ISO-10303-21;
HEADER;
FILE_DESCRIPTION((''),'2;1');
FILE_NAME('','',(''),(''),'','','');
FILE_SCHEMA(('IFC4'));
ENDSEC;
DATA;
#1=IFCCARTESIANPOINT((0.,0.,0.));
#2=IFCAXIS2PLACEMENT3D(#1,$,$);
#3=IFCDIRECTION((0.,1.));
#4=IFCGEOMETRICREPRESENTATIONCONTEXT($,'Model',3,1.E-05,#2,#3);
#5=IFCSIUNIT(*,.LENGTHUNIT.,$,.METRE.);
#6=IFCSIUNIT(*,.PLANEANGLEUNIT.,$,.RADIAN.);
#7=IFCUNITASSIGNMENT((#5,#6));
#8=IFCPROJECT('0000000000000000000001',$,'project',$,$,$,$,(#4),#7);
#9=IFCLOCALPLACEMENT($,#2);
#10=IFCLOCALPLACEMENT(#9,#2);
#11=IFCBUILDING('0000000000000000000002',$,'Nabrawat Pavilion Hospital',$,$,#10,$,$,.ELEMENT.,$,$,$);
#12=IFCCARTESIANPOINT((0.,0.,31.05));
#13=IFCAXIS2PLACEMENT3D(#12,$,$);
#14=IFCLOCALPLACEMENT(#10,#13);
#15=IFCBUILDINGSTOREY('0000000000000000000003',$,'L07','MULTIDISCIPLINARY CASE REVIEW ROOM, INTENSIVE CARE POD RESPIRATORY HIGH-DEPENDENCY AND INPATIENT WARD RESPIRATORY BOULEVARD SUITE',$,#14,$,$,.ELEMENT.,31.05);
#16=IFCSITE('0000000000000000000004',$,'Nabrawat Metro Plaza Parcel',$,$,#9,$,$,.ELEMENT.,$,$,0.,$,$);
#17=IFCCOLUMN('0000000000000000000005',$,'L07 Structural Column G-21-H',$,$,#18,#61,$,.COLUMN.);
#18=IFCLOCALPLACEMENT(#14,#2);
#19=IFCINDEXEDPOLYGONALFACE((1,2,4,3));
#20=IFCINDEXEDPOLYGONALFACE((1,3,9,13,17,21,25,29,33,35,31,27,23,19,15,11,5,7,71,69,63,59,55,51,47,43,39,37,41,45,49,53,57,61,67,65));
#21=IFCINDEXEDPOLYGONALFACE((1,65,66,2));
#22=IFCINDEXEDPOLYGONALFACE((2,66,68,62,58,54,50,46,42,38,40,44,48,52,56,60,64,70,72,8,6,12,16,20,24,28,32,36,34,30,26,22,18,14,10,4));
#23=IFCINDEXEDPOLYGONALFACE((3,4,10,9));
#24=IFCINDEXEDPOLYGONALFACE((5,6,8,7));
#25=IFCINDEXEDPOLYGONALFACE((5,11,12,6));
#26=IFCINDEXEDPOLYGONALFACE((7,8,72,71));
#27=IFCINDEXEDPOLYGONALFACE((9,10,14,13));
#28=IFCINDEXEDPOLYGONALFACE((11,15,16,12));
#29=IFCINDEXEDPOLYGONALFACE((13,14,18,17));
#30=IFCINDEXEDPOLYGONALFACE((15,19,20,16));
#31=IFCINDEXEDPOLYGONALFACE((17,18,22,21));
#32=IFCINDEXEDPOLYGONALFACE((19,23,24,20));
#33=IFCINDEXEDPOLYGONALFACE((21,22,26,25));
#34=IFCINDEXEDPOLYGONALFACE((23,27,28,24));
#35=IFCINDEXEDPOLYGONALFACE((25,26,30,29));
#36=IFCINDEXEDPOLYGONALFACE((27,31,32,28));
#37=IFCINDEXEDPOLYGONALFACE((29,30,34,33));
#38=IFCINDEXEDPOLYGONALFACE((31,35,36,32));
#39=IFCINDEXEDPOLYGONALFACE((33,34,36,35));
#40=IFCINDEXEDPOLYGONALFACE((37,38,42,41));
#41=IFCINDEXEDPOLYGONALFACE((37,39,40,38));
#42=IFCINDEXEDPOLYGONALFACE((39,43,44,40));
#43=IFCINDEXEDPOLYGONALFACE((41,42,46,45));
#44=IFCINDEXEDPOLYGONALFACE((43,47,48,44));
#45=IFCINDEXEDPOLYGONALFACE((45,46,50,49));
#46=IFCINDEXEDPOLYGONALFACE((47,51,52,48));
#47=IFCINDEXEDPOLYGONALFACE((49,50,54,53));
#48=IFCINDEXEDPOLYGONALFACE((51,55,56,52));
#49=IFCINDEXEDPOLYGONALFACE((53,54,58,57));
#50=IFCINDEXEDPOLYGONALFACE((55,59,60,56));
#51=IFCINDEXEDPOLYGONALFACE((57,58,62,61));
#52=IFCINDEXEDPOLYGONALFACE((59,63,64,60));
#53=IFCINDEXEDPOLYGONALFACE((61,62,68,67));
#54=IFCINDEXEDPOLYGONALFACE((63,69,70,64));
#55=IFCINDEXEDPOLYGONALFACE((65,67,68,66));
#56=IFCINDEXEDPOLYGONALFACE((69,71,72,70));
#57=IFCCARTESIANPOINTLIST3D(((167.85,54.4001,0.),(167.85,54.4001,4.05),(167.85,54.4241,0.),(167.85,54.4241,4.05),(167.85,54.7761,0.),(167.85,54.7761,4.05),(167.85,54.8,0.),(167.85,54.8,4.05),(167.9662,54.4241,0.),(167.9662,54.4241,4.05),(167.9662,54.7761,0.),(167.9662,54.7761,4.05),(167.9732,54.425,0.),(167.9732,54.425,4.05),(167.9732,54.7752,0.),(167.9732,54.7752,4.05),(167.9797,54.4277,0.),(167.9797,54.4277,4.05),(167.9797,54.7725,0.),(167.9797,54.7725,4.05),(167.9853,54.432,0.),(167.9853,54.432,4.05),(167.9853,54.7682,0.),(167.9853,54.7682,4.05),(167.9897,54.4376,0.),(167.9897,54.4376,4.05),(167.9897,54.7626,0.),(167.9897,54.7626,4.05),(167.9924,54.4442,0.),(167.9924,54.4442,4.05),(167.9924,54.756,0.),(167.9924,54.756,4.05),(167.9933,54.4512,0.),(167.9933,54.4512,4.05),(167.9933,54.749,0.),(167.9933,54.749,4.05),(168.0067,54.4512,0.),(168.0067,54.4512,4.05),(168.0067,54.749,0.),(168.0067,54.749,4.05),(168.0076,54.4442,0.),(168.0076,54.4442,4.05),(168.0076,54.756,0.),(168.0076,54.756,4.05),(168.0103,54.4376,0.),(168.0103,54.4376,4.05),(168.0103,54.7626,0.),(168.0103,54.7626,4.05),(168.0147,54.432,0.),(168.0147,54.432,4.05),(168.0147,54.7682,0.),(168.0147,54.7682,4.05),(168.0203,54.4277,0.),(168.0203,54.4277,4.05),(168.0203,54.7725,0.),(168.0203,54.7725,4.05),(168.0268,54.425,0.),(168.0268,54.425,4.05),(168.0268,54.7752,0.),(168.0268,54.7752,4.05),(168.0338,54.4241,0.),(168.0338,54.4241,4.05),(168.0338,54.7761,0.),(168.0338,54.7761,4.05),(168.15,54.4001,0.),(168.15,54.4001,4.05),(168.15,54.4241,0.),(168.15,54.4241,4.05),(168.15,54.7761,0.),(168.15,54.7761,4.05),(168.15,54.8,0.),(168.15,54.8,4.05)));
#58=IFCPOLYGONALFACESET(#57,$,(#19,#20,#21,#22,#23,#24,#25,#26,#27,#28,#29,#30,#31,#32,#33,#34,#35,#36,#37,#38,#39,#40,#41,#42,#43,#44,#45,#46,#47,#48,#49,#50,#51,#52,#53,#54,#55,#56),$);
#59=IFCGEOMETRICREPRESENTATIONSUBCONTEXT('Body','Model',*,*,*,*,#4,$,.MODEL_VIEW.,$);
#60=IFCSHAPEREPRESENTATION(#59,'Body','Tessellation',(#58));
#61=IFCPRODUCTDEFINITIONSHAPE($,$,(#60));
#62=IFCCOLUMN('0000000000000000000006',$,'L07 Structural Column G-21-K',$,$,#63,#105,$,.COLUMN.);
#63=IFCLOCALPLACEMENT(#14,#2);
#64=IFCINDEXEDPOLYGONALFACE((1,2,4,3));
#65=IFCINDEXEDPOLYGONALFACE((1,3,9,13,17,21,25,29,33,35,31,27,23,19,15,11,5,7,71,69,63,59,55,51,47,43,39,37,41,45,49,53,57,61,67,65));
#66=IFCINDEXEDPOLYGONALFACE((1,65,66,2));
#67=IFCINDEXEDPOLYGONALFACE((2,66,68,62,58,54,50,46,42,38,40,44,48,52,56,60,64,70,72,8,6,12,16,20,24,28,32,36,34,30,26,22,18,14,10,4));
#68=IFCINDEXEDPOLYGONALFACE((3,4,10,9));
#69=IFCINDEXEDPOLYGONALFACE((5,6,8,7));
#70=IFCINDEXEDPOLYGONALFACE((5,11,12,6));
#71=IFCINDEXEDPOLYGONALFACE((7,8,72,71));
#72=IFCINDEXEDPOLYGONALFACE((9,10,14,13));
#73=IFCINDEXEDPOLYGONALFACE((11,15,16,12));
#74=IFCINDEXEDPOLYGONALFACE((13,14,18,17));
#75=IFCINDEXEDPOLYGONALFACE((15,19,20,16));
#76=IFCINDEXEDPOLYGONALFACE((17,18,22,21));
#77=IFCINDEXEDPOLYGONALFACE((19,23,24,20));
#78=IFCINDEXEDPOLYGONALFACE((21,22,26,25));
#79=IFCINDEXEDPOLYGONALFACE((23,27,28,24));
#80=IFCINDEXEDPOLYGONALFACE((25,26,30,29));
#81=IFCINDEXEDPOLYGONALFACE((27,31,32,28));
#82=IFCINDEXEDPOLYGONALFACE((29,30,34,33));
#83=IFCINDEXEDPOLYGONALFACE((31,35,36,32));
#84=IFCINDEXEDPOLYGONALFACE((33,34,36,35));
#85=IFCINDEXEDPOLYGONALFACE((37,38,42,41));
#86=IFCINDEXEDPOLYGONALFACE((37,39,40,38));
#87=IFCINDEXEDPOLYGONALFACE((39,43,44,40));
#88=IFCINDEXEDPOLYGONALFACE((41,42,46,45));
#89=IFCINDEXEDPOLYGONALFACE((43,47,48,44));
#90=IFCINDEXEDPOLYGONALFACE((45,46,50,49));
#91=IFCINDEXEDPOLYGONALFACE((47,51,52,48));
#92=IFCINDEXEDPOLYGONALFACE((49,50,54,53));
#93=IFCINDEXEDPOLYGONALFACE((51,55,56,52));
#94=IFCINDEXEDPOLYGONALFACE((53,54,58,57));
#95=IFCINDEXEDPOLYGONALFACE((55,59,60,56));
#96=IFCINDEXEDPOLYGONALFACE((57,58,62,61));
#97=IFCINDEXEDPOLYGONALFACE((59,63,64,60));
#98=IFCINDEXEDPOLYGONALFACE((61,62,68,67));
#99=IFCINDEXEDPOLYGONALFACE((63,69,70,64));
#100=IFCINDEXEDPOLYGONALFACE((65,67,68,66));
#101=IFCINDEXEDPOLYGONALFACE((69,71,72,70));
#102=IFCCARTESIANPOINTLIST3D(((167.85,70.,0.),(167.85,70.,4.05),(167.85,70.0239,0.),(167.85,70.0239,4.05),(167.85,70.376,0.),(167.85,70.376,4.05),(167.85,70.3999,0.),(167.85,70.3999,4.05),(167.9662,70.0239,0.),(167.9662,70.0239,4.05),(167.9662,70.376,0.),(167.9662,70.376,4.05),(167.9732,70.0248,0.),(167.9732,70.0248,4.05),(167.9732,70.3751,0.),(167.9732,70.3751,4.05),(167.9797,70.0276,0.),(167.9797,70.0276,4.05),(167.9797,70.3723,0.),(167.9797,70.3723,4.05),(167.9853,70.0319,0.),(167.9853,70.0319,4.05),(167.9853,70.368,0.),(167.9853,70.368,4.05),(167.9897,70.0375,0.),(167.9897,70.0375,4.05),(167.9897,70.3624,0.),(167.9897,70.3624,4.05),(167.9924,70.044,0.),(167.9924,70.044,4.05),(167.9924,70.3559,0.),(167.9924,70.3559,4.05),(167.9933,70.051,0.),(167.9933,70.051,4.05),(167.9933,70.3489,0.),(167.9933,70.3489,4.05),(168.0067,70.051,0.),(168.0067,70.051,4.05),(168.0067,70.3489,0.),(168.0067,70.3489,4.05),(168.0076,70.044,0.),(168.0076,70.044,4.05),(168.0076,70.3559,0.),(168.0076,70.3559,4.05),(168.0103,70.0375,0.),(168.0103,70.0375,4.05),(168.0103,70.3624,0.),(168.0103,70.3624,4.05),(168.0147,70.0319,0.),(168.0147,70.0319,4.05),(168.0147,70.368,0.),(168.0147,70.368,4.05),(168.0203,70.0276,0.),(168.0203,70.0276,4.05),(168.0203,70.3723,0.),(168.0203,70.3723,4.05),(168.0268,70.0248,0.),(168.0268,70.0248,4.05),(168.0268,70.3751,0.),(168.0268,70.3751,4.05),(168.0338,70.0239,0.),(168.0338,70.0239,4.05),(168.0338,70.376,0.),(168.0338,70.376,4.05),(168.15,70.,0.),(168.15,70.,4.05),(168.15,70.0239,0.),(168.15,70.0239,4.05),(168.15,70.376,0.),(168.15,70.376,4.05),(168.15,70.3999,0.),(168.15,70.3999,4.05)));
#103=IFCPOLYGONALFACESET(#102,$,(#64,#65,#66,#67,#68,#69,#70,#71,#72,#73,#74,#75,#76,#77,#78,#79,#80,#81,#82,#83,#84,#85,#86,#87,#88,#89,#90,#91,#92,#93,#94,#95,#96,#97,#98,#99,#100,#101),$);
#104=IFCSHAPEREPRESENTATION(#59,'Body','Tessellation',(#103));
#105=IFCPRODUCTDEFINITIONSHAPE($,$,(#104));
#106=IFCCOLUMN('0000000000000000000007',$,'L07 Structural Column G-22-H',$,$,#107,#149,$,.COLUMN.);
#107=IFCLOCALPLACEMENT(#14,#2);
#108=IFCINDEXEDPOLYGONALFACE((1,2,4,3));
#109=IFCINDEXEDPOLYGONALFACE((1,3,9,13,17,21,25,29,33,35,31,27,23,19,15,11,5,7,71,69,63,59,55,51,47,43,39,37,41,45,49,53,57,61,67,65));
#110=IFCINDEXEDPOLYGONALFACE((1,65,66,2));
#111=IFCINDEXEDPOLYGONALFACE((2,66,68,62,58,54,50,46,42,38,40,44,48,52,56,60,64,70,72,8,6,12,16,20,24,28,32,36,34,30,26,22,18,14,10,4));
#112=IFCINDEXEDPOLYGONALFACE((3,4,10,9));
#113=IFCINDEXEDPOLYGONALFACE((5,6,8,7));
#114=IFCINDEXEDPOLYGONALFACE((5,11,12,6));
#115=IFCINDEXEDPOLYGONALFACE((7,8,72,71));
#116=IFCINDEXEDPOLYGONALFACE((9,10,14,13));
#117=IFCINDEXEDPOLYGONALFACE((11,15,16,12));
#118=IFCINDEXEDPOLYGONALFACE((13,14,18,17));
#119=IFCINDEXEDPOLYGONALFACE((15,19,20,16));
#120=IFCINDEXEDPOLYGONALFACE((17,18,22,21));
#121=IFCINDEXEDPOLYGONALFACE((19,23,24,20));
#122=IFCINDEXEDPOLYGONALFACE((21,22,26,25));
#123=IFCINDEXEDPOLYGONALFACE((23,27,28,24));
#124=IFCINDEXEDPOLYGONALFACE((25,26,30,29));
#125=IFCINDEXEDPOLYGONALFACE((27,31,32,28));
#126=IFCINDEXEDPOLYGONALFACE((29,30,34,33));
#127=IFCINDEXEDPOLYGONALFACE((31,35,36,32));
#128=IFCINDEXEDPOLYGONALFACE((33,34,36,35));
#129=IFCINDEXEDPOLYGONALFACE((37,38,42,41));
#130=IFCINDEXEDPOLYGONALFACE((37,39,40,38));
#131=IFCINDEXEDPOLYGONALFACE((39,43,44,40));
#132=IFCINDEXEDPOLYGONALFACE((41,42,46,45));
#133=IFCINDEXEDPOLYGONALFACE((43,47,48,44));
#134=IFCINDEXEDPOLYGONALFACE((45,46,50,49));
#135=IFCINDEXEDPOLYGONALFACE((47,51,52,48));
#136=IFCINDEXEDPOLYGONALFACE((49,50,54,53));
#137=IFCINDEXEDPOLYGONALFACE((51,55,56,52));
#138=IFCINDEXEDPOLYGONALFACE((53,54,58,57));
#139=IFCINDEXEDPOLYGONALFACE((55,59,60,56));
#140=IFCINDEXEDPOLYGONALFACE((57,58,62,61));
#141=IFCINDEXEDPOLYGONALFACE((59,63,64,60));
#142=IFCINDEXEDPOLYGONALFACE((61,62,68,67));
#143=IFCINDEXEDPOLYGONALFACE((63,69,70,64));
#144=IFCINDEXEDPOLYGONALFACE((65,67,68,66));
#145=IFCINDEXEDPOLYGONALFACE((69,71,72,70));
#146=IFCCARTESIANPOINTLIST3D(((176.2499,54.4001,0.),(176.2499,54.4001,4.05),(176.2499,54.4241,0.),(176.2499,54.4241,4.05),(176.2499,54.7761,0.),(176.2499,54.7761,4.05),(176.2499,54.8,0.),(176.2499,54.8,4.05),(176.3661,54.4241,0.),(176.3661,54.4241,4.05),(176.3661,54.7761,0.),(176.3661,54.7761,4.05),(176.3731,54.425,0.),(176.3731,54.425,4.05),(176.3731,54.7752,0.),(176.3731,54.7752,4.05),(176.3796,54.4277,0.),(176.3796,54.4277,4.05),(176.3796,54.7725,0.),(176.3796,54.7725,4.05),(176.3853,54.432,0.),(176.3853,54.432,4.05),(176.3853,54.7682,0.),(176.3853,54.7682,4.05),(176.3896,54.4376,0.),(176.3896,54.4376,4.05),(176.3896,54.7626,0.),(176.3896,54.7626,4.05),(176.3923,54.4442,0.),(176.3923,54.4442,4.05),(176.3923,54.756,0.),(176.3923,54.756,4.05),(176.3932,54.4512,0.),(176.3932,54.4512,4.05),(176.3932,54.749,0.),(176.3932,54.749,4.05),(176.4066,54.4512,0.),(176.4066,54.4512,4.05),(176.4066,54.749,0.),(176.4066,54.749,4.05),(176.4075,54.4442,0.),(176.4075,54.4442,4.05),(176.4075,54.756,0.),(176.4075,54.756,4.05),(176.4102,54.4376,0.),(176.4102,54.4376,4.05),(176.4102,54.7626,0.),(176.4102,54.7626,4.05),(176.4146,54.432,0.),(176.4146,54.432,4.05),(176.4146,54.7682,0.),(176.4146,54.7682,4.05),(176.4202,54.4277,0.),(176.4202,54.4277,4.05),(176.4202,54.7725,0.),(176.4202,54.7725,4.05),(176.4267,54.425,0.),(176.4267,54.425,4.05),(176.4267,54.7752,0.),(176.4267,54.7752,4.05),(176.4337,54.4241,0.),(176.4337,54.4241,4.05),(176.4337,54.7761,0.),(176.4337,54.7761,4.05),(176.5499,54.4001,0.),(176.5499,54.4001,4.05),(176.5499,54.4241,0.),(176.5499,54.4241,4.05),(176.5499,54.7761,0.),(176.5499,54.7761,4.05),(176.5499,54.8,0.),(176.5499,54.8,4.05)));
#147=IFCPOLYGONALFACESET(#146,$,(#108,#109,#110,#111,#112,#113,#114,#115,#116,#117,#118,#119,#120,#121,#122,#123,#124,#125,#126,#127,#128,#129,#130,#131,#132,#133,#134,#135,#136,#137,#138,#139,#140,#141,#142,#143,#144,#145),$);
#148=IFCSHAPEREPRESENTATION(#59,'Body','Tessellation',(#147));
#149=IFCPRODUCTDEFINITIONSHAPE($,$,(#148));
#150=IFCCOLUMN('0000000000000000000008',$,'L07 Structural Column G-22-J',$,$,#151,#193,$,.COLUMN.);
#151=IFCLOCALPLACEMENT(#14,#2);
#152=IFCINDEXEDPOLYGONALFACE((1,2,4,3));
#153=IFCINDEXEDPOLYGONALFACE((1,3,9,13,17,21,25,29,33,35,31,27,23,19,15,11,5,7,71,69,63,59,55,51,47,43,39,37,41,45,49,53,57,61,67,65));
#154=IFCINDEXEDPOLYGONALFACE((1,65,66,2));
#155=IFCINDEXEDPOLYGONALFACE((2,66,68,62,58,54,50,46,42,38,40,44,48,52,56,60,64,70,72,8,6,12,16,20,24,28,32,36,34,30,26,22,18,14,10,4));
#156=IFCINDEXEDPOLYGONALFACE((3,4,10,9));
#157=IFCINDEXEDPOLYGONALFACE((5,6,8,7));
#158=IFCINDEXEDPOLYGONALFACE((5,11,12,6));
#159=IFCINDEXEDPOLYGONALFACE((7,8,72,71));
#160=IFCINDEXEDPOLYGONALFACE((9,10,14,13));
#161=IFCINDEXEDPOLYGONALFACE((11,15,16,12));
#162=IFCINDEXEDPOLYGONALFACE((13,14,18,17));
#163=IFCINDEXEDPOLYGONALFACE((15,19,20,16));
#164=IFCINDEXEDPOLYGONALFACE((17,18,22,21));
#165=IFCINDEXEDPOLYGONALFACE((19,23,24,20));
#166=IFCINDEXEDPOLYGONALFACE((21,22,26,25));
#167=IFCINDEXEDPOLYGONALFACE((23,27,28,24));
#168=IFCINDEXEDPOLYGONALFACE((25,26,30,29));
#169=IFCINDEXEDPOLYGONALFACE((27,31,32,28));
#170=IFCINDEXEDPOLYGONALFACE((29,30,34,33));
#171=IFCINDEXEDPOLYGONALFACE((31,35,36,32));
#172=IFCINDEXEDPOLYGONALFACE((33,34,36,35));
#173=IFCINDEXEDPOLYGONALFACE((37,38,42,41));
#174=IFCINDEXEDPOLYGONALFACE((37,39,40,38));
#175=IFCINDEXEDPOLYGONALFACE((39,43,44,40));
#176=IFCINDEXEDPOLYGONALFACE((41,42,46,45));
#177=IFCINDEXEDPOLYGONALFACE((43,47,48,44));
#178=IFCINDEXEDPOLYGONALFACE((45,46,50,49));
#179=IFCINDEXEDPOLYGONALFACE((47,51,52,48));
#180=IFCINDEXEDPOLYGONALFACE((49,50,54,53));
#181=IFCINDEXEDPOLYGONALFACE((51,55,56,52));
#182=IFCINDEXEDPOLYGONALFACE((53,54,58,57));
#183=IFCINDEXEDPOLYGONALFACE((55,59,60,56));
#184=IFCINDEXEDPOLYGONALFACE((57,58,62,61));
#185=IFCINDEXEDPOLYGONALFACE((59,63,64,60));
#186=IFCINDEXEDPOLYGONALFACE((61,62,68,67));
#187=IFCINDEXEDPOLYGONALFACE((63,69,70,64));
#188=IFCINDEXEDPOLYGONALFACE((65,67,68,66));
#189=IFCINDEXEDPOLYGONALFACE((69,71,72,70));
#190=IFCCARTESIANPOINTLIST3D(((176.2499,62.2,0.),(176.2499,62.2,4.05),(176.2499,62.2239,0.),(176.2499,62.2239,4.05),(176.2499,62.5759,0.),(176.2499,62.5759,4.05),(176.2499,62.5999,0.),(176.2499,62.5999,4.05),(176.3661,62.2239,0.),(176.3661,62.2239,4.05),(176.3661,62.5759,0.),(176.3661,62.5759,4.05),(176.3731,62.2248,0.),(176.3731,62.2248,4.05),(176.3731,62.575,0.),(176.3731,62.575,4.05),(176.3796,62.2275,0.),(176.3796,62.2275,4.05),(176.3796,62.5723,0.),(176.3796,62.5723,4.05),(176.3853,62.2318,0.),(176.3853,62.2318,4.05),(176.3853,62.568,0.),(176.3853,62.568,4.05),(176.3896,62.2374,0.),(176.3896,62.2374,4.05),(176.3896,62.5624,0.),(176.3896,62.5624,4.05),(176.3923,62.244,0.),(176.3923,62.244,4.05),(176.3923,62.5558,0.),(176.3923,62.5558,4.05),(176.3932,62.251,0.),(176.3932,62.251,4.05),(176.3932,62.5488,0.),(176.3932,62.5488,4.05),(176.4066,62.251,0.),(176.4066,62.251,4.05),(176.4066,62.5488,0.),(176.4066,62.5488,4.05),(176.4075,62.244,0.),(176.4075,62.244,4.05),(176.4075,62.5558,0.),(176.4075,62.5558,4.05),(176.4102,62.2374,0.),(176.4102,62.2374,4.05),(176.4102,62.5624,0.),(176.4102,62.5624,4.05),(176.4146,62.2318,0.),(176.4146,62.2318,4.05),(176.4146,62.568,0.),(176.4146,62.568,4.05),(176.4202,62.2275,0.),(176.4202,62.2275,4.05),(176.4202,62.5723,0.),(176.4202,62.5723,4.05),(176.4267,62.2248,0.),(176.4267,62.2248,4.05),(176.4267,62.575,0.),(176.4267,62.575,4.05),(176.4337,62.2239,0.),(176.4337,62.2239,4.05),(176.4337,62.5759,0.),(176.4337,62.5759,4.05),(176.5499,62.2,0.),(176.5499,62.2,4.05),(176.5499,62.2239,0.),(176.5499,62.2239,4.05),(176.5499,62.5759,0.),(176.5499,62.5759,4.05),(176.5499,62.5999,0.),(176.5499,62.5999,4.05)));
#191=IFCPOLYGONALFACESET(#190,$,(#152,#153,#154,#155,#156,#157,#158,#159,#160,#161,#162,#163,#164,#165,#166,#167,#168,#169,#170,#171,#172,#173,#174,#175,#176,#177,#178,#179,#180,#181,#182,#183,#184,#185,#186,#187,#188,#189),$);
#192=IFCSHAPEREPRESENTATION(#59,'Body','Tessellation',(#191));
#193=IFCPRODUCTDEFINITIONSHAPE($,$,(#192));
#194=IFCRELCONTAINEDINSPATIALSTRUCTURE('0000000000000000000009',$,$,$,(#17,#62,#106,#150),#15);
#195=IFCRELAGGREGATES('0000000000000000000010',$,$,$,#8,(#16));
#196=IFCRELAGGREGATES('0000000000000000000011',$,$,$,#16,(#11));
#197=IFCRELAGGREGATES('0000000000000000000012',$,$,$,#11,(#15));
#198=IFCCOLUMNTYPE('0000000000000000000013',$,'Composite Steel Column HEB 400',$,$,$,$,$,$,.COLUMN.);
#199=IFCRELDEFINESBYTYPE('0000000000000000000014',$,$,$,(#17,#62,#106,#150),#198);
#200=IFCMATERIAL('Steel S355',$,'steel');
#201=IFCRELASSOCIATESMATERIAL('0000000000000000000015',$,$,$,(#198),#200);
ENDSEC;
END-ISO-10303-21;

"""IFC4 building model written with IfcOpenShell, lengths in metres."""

from ifc_helpers import new_model, si_unit, direction, frame, origin, origin_2d, place, context, subcontext, project, spatial, i_section, extrude, material, material_profile, profile_set, type_object, element, save


model = new_model("IFC4")

# Units and contexts
model_context = context("Model", 3, precision=1e-05, world=origin(), true_north=direction((0.0, 1.0)))
body_context = subcontext(model_context, "Body", "Model", "MODEL_VIEW")
ifc_project = project(units=[si_unit("LENGTHUNIT", "METRE"), si_unit("PLANEANGLEUNIT", "RADIAN")], contexts=[model_context])

# Site, building, storey
site_placement = place(None, origin())
site = spatial("IfcSite", under=ifc_project, at=site_placement, Name="Nabrawat Metro Plaza Parcel", CompositionType="ELEMENT", RefElevation=0.0)
building_placement = place(site_placement, origin())
building = spatial("IfcBuilding", under=site, at=building_placement, Name="Nabrawat Pavilion Hospital", CompositionType="ELEMENT")
storey_placement = place(building_placement, frame((0.0, 0.0, 31.05)))
storey = spatial("IfcBuildingStorey", under=building, at=storey_placement, Name="L07", Description="MULTIDISCIPLINARY CASE REVIEW ROOM, INTENSIVE CARE POD RESPIRATORY HIGH-DEPENDENCY AND INPATIENT WARD RESPIRATORY BOULEVARD SUITE", CompositionType="ELEMENT", Elevation=31.05)

# Columns
ifc_material_1 = material(Name="Steel S355", Category="steel")
ifc_material_profile_1 = material_profile(ifc_material_1, i_section(OverallWidth=0.3, OverallDepth=0.3999, WebThickness=0.0134, FlangeThickness=0.0239, FilletRadius=0.0271, at=origin_2d()), Name="HEB 400")
ifc_profile_set_1 = profile_set([ifc_material_profile_1], Name="Steel S355")
column_type = type_object("IfcColumnType", Name="Composite Steel Column HEB 400", PredefinedType="COLUMN", material=ifc_profile_set_1)
for number, where, z_axis, x_axis, name in (
    (1, (168.0, 54.6001, 0.0), (0.0, 0.0, 1.0), (1.0, 0.0, 0.0), "L07 Structural Column G-21-H"),
    (2, (168.0, 70.2, 0.0), (0.0, 0.0, 1.0), (1.0, 0.0, 0.0), "L07 Structural Column G-21-K"),
    (3, (176.3999, 54.6001, 0.0), (0.0, 0.0, 1.0), (1.0, 0.0, 0.0), "L07 Structural Column G-22-H"),
    (4, (176.3999, 62.3999, 0.0), (0.0, 0.0, 1.0), (1.0, 0.0, 0.0), "L07 Structural Column G-22-J"),
):
    element("IfcColumn", number, at=place(storey_placement, frame(where, z_axis=z_axis, x_axis=x_axis)), inside=storey, type_object=column_type, Name=name, PredefinedType="COLUMN", context=body_context, shape_type="SweptSolid", body=[
        extrude(i_section(OverallWidth=0.3, OverallDepth=0.3999, WebThickness=0.0134, FlangeThickness=0.0239, FilletRadius=0.0271, at=origin_2d()), origin(), (0.0, 0.0, 1.0), 4.05),
    ])

save(model, "model.ifc")
